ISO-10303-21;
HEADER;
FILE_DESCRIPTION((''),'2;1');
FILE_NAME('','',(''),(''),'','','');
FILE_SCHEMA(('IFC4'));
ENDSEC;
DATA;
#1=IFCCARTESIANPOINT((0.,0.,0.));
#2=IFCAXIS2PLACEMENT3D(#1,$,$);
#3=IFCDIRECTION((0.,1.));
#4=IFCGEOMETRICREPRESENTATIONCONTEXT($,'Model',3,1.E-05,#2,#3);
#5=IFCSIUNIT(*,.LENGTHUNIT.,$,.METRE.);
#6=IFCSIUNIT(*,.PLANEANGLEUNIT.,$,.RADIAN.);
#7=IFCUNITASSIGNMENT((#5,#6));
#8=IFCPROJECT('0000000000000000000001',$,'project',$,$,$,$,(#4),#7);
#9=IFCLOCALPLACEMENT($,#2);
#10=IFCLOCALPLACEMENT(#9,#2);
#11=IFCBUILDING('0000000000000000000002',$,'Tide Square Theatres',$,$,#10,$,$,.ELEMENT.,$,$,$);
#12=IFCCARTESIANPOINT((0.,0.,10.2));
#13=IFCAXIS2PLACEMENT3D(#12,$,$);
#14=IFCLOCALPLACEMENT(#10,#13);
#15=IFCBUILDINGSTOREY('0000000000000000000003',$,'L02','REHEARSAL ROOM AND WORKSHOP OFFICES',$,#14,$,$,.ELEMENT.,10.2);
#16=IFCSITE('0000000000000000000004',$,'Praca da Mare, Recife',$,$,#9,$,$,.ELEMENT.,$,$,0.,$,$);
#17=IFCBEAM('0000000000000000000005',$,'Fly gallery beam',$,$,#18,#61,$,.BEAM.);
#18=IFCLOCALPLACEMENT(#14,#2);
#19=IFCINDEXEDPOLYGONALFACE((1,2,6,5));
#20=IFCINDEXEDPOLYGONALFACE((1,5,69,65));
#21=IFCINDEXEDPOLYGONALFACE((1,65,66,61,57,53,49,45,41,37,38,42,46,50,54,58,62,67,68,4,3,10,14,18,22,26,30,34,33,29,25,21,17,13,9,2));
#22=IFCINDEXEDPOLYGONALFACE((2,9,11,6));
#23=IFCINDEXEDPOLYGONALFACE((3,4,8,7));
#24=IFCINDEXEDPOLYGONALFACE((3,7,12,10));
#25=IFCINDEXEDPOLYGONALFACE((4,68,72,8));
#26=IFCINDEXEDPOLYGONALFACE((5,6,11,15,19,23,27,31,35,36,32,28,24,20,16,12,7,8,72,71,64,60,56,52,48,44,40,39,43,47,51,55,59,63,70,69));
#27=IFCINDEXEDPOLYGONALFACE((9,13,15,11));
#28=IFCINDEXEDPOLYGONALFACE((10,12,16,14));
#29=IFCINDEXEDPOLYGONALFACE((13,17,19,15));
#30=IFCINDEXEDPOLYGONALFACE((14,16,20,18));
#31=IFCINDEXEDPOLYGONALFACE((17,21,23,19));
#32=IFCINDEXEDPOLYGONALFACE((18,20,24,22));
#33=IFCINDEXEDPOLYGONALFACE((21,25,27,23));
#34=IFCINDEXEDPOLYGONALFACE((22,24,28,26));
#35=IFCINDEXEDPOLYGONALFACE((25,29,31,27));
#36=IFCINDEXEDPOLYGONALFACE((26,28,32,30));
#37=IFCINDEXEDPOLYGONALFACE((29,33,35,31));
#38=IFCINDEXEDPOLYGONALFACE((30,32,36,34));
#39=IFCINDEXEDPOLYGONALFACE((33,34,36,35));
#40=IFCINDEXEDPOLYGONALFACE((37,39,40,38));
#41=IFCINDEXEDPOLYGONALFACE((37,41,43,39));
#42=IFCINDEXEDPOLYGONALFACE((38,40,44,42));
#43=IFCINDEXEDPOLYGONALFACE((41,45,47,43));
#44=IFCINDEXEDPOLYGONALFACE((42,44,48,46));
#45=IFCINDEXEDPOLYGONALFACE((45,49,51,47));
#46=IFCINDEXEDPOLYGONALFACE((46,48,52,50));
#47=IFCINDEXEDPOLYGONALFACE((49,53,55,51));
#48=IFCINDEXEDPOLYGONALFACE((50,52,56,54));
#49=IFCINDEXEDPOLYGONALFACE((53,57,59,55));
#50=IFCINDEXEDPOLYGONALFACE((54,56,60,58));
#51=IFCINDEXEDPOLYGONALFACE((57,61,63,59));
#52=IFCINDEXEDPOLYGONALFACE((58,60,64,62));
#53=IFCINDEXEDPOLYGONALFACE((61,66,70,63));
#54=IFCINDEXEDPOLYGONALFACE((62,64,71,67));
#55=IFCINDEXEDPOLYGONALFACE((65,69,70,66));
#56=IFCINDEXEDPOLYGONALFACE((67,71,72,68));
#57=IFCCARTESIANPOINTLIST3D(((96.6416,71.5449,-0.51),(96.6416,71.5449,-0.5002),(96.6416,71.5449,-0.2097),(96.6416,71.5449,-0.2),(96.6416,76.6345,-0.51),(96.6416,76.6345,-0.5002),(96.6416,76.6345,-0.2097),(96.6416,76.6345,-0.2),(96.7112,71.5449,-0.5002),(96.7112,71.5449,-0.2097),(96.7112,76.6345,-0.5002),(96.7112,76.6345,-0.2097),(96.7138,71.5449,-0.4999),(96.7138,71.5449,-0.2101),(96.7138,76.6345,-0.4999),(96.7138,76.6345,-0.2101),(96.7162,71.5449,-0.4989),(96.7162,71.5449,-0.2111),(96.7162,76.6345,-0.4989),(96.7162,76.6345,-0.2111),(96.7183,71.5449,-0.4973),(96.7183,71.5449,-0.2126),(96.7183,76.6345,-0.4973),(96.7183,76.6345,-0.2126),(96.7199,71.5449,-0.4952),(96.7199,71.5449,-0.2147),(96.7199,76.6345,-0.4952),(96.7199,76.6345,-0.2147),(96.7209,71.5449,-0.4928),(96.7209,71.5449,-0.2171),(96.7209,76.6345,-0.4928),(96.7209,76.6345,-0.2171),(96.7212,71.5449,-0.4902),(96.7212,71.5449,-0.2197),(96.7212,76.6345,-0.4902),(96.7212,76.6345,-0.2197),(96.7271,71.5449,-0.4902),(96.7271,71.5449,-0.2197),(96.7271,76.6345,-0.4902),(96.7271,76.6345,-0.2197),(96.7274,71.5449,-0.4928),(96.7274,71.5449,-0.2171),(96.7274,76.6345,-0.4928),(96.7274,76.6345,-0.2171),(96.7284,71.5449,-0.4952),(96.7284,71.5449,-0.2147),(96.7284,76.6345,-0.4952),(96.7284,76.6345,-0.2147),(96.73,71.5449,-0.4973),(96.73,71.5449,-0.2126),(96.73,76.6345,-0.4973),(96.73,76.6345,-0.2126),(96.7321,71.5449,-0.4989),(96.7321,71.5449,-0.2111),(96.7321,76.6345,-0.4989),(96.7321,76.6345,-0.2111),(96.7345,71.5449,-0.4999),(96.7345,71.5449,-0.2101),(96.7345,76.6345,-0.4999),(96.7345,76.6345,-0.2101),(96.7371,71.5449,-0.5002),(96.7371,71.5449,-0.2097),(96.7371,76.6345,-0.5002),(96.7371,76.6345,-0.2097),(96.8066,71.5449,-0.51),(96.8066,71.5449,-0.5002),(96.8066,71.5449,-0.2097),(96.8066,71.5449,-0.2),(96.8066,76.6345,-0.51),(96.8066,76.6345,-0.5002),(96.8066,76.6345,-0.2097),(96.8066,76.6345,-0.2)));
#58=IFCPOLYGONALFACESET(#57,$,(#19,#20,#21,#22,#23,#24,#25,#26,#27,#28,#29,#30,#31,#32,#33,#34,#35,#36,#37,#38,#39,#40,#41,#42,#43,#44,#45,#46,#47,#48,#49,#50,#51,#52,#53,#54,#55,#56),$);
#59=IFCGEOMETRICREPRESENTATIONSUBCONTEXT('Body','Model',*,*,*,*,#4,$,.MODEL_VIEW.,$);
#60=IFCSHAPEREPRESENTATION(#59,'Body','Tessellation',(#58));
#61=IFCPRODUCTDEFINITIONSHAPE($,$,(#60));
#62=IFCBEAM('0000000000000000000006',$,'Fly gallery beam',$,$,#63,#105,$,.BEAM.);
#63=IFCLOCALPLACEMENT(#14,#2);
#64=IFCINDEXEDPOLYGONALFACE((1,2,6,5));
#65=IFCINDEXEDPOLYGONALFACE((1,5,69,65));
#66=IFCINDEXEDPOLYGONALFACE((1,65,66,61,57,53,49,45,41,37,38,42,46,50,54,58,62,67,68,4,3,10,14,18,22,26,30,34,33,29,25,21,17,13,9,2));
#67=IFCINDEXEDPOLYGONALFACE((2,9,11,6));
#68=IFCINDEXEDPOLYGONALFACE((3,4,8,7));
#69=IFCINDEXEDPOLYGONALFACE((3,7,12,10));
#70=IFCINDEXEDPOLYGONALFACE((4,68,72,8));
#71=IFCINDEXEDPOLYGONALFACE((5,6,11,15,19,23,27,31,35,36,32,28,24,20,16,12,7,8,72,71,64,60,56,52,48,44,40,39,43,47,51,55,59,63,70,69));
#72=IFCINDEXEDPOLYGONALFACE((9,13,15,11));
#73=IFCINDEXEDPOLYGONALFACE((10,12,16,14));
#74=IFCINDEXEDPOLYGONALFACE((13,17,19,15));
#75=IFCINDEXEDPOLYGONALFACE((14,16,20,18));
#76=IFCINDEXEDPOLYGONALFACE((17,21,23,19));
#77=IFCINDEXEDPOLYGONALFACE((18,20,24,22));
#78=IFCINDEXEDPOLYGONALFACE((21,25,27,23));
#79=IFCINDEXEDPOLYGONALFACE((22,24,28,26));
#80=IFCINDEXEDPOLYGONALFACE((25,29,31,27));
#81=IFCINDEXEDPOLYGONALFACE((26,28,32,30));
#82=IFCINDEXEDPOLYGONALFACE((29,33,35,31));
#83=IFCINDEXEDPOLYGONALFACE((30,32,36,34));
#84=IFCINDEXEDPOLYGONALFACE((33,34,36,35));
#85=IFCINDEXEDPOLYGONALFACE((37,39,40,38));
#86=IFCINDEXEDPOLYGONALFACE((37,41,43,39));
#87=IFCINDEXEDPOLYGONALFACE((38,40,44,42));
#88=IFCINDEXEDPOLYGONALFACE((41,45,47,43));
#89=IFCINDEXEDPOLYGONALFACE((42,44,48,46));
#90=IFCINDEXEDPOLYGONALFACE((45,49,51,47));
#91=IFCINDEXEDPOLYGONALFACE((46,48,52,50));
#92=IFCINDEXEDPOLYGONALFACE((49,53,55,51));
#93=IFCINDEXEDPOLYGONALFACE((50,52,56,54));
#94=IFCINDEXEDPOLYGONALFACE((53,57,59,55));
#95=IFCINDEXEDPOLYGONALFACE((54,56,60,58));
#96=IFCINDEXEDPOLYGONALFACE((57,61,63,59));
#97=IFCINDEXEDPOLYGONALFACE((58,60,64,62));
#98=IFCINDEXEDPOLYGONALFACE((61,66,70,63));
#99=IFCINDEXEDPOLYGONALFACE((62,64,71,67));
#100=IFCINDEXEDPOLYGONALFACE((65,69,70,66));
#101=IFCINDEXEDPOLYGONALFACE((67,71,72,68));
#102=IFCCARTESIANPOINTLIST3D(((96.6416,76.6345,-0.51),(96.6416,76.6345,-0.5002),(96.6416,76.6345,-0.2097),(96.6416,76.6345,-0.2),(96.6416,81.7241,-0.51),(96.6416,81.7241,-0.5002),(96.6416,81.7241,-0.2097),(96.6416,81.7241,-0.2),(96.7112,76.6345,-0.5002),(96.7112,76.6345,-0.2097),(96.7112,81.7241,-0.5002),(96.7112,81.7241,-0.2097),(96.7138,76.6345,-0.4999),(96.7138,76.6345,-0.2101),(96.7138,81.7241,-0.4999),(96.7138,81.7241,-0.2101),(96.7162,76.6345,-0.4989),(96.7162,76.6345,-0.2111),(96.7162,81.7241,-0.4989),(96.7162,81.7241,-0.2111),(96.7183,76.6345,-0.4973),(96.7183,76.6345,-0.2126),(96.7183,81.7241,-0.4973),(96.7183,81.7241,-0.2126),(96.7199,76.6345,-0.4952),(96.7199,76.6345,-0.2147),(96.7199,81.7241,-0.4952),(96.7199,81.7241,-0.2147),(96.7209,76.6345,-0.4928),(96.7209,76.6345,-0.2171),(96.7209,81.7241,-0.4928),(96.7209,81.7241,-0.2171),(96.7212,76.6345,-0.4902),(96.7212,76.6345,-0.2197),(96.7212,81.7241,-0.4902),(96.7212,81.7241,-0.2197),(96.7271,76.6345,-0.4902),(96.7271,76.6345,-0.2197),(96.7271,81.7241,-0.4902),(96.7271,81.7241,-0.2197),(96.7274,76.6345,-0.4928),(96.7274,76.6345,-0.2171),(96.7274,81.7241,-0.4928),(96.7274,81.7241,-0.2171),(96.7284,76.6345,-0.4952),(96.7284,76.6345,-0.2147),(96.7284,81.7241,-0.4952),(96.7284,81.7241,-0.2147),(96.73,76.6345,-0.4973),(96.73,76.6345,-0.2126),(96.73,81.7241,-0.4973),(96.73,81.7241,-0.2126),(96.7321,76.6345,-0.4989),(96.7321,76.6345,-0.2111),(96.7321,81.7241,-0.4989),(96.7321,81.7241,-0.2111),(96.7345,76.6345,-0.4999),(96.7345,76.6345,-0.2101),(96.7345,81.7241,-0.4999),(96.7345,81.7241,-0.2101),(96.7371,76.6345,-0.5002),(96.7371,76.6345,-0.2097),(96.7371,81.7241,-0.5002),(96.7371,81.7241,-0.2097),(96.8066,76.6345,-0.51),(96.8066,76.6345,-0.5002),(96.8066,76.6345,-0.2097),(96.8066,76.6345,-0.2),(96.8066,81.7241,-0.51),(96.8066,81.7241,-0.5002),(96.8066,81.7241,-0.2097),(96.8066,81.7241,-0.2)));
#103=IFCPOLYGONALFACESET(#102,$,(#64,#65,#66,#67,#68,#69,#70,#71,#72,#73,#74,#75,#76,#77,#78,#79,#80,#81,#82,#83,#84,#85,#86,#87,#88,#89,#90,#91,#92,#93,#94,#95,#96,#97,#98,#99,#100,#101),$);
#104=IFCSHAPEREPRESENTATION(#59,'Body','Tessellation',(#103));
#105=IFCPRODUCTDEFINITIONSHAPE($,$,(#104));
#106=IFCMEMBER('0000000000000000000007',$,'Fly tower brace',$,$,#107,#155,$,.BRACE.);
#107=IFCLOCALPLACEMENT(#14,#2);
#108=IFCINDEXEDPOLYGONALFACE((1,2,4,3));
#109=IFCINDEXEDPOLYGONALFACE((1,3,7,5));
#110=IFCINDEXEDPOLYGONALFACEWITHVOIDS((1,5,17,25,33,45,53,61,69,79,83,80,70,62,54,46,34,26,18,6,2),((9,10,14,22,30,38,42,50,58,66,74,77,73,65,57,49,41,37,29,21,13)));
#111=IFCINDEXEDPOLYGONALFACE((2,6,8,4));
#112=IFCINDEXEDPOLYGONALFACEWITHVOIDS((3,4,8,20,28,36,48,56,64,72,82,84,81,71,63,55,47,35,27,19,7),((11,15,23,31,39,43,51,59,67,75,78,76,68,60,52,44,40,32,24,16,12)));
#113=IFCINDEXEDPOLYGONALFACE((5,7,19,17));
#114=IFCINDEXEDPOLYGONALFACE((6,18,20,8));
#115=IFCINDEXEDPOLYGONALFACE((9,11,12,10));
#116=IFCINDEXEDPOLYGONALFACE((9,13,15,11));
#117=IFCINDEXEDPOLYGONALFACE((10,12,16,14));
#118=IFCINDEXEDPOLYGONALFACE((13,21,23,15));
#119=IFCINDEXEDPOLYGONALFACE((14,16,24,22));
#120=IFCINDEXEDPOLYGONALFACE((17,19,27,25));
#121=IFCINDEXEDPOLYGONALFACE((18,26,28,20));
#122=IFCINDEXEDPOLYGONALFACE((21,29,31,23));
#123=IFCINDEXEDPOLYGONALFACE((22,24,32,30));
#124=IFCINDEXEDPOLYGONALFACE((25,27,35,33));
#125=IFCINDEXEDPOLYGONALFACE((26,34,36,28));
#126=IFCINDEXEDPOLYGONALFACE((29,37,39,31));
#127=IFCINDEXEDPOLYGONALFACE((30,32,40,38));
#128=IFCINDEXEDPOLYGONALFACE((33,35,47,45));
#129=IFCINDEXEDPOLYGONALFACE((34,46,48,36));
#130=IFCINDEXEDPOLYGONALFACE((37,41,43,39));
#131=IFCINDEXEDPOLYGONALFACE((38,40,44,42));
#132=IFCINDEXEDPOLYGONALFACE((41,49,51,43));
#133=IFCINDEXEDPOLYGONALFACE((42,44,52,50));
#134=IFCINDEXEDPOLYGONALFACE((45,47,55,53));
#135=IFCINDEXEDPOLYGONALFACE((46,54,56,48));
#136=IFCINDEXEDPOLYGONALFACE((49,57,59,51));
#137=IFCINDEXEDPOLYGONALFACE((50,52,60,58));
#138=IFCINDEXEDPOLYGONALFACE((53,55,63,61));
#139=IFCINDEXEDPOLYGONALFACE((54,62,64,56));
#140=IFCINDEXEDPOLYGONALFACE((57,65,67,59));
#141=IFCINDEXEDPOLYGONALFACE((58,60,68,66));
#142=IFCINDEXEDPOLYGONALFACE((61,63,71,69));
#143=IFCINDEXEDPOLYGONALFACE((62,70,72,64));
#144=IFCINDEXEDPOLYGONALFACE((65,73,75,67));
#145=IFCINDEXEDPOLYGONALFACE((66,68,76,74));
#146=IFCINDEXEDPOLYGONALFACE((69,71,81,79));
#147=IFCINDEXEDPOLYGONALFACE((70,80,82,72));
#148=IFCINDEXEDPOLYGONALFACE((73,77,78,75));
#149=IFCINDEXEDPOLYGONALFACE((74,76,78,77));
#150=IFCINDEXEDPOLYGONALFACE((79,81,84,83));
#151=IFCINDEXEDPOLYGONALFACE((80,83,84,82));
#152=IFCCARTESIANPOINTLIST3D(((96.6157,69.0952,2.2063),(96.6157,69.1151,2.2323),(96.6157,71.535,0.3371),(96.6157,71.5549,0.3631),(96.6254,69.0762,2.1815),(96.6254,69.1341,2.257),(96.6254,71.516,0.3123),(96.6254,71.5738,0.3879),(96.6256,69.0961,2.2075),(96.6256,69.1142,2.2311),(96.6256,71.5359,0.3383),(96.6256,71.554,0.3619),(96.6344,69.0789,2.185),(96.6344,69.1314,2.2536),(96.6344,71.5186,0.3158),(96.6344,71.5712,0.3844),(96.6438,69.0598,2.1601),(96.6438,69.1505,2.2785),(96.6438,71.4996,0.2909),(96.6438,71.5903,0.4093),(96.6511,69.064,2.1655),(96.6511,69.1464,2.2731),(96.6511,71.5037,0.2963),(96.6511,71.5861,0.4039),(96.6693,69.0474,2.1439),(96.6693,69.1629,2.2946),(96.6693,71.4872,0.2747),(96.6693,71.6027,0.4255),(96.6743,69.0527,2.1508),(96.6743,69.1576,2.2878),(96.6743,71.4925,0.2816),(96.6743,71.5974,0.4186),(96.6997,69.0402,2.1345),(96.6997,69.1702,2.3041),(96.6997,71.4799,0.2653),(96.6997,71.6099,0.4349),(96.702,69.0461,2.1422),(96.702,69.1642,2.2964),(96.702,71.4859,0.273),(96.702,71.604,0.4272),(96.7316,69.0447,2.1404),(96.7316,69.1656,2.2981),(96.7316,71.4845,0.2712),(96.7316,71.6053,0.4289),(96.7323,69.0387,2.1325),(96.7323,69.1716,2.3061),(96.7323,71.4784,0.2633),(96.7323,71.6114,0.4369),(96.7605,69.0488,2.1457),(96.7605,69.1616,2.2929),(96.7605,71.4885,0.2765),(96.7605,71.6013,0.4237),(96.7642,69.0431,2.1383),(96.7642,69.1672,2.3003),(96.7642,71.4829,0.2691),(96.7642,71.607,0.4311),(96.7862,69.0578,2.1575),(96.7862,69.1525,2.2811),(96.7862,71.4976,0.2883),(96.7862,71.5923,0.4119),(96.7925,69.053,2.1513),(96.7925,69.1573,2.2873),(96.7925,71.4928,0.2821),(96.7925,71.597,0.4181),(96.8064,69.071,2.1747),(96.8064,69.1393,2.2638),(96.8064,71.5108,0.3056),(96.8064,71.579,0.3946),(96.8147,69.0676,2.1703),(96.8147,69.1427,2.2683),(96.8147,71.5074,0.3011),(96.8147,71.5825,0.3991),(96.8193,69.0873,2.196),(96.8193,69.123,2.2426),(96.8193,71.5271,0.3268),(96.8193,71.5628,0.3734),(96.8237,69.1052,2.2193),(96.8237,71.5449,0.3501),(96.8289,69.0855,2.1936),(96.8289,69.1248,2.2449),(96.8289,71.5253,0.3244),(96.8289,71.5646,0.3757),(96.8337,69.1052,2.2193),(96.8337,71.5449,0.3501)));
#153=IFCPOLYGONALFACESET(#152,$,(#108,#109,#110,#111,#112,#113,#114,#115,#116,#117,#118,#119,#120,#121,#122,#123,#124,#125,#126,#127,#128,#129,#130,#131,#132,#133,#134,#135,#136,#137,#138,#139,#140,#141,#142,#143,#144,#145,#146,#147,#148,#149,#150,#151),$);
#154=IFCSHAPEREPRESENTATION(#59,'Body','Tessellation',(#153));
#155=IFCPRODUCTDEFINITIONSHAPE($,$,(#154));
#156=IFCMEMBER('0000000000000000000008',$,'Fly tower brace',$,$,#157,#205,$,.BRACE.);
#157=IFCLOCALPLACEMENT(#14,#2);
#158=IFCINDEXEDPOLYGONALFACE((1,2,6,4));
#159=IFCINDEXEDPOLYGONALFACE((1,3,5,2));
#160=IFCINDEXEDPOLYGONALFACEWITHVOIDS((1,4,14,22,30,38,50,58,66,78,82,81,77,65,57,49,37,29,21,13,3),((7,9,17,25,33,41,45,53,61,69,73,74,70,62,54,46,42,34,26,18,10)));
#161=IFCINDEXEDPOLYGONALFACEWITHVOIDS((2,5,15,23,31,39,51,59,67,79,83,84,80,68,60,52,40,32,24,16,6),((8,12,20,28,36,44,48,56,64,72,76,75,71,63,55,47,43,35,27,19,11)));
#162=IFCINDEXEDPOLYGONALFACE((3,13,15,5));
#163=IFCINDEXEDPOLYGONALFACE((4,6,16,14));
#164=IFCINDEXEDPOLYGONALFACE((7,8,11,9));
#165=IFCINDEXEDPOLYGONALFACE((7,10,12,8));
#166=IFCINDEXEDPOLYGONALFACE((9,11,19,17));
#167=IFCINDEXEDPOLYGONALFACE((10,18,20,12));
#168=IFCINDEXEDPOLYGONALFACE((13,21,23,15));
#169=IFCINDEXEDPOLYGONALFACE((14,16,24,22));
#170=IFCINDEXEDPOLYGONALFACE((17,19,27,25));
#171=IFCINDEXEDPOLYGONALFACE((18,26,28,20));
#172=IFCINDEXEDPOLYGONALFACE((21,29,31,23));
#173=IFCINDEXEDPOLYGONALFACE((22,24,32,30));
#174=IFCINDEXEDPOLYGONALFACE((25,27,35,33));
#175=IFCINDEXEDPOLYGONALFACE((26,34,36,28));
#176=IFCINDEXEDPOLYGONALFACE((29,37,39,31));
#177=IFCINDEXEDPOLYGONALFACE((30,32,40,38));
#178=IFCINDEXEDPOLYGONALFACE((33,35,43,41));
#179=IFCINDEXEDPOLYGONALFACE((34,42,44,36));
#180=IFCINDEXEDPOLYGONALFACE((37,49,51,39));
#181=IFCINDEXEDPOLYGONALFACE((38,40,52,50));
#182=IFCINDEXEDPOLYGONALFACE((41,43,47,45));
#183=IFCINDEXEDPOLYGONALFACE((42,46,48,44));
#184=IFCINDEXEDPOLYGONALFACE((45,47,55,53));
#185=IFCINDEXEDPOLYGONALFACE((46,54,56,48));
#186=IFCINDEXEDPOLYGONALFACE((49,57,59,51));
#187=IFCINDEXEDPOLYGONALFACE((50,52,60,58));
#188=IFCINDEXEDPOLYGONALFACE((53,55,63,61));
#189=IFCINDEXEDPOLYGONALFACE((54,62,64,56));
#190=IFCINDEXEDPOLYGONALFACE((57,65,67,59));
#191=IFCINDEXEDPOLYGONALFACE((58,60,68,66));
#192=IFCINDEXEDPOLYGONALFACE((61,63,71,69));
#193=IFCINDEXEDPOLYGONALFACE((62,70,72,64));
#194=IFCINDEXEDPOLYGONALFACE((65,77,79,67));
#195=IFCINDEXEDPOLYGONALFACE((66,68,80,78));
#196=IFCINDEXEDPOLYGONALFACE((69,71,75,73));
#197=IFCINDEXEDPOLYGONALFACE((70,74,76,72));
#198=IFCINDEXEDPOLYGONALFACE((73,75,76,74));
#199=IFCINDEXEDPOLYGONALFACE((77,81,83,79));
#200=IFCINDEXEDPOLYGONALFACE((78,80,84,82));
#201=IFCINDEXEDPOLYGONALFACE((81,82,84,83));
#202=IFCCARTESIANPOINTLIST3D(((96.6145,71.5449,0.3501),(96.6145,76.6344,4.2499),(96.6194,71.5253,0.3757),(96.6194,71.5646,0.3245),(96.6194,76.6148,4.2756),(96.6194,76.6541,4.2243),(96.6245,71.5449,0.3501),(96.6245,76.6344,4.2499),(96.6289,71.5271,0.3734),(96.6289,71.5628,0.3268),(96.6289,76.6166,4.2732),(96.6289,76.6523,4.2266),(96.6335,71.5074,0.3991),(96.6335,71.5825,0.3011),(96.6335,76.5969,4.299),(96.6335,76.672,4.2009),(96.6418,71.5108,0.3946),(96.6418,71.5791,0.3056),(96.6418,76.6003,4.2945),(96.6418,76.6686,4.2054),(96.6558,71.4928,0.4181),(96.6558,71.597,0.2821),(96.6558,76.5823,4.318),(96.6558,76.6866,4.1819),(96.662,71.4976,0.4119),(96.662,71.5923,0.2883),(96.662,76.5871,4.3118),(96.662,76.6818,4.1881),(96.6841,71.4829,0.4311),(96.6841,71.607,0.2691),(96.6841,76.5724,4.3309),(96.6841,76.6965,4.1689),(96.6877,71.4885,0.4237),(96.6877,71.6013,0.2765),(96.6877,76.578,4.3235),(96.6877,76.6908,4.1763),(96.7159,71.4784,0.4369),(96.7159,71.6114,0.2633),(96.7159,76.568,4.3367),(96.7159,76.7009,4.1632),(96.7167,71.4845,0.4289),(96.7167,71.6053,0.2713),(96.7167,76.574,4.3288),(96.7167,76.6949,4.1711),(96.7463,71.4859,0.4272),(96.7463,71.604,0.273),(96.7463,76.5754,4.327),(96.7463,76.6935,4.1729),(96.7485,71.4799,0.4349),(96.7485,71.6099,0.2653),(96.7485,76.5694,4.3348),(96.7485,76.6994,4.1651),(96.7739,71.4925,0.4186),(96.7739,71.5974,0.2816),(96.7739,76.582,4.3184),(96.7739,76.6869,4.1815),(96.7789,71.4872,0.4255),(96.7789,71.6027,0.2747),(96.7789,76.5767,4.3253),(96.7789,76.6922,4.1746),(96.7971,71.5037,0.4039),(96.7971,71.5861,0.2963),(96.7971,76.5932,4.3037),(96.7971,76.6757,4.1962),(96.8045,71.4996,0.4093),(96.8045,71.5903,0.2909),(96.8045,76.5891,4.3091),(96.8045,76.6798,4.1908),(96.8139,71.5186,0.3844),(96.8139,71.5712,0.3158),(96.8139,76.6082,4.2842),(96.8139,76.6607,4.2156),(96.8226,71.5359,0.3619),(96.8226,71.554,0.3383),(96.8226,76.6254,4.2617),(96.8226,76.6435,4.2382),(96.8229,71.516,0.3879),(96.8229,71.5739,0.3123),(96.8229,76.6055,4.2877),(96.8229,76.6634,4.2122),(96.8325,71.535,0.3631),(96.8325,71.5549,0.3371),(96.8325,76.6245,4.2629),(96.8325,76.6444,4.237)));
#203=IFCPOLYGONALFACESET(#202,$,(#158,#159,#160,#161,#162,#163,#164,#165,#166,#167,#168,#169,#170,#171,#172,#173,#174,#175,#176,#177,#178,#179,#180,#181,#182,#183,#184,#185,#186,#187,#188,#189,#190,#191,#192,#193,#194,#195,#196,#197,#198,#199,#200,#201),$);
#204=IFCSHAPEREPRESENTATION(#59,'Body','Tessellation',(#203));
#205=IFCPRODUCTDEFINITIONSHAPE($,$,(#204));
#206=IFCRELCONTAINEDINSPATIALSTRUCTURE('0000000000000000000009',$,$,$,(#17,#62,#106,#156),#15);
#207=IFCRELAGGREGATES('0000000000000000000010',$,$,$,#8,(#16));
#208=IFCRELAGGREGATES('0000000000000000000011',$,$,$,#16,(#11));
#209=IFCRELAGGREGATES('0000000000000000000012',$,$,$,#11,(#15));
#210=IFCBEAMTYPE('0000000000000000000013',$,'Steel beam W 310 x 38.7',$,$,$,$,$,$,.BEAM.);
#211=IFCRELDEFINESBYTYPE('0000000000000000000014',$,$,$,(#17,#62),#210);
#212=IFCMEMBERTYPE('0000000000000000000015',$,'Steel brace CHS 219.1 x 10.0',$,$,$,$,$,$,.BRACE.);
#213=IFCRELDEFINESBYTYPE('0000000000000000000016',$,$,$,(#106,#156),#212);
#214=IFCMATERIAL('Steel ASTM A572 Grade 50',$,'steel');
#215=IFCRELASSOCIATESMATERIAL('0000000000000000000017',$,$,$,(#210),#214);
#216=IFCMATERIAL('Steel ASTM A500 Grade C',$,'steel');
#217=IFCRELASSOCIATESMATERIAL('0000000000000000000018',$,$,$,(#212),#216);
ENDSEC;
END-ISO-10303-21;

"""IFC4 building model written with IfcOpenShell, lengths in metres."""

from ifc_helpers import new_model, si_unit, direction, frame, origin, origin_2d, place, context, subcontext, project, spatial, hollow_circle, i_section, extrude, material, material_profile, profile_set, type_object, element, save


model = new_model("IFC4")

# Units and contexts
model_context = context("Model", 3, precision=1e-05, world=origin(), true_north=direction((0.0, 1.0)))
body_context = subcontext(model_context, "Body", "Model", "MODEL_VIEW")
ifc_project = project(units=[si_unit("LENGTHUNIT", "METRE"), si_unit("PLANEANGLEUNIT", "RADIAN")], contexts=[model_context])

# Site, building, storey
site_placement = place(None, origin())
site = spatial("IfcSite", under=ifc_project, at=site_placement, Name="Praca da Mare, Recife", CompositionType="ELEMENT", RefElevation=0.0)
building_placement = place(site_placement, origin())
building = spatial("IfcBuilding", under=site, at=building_placement, Name="Tide Square Theatres", CompositionType="ELEMENT")
storey_placement = place(building_placement, frame((0.0, 0.0, 10.2)))
storey = spatial("IfcBuildingStorey", under=building, at=storey_placement, Name="L02", Description="REHEARSAL ROOM AND WORKSHOP OFFICES", CompositionType="ELEMENT", Elevation=10.2)

# Beams
ifc_material_1 = material(Name="Steel ASTM A572 Grade 50", Category="steel")
ifc_material_profile_1 = material_profile(ifc_material_1, i_section(OverallWidth=0.165, OverallDepth=0.3101, WebThickness=0.0059, FlangeThickness=0.0098, FilletRadius=0.01, at=origin_2d()))
ifc_profile_set_1 = profile_set([ifc_material_profile_1], Name="Steel ASTM A572 Grade 50")
beam_type_1 = type_object("IfcBeamType", Name="Steel beam W 310 x 38.7", PredefinedType="BEAM", material=ifc_profile_set_1)
for number, where, z_axis, x_axis, name in (
    (1, (96.7241, 71.5449, -0.355), (0.0, 1.0, 0.0), (-1.0, 0.0, 0.0), "Fly gallery beam"),
    (2, (96.7241, 76.6345, -0.355), (0.0, 1.0, 0.0), (-1.0, 0.0, 0.0), "Fly gallery beam"),
):
    element("IfcBeam", number, at=place(storey_placement, frame(where, z_axis=z_axis, x_axis=x_axis)), inside=storey, type_object=beam_type_1, Name=name, PredefinedType="BEAM", context=body_context, shape_type="SweptSolid", body=[
        extrude(i_section(OverallWidth=0.165, OverallDepth=0.3101, WebThickness=0.0059, FlangeThickness=0.0098, FilletRadius=0.01, at=origin_2d()), origin(), (0.0, 0.0, 1.0), 5.0896),
    ])

# Members
ifc_material_2 = material(Name="Steel ASTM A500 Grade C", Category="steel")
ifc_material_profile_2 = material_profile(ifc_material_2, hollow_circle(Radius=0.1096, WallThickness=0.01, at=origin_2d()))
ifc_profile_set_2 = profile_set([ifc_material_profile_2], Name="Steel ASTM A500 Grade C")
member_type = type_object("IfcMemberType", Name="Steel brace CHS 219.1 x 10.0", PredefinedType="BRACE", material=ifc_profile_set_2)
member_1_placement = place(storey_placement, frame((96.7241, 71.5449, 0.3501), z_axis=(0.0, -0.79381, 0.608166), x_axis=(1.0, 0.0, 0.0)))
element("IfcMember", 3, at=member_1_placement, inside=storey, type_object=member_type, Name="Fly tower brace", PredefinedType="BRACE", context=body_context, shape_type="SweptSolid", body=[
    extrude(hollow_circle(Radius=0.1096, WallThickness=0.01, at=origin_2d()), origin(), (0.0, 0.0, 1.0), 3.0735),
])
member_2_placement = place(storey_placement, frame((96.7241, 71.5449, 0.3501), z_axis=(0.0, 0.793766, 0.608223), x_axis=(-1.0, 0.0, 0.0)))
element("IfcMember", 4, at=member_2_placement, inside=storey, type_object=member_type, Name="Fly tower brace", PredefinedType="BRACE", context=body_context, shape_type="SweptSolid", body=[
    extrude(hollow_circle(Radius=0.1096, WallThickness=0.01, at=origin_2d()), origin(), (0.0, 0.0, 1.0), 6.4119),
])

save(model, "model.ifc")
